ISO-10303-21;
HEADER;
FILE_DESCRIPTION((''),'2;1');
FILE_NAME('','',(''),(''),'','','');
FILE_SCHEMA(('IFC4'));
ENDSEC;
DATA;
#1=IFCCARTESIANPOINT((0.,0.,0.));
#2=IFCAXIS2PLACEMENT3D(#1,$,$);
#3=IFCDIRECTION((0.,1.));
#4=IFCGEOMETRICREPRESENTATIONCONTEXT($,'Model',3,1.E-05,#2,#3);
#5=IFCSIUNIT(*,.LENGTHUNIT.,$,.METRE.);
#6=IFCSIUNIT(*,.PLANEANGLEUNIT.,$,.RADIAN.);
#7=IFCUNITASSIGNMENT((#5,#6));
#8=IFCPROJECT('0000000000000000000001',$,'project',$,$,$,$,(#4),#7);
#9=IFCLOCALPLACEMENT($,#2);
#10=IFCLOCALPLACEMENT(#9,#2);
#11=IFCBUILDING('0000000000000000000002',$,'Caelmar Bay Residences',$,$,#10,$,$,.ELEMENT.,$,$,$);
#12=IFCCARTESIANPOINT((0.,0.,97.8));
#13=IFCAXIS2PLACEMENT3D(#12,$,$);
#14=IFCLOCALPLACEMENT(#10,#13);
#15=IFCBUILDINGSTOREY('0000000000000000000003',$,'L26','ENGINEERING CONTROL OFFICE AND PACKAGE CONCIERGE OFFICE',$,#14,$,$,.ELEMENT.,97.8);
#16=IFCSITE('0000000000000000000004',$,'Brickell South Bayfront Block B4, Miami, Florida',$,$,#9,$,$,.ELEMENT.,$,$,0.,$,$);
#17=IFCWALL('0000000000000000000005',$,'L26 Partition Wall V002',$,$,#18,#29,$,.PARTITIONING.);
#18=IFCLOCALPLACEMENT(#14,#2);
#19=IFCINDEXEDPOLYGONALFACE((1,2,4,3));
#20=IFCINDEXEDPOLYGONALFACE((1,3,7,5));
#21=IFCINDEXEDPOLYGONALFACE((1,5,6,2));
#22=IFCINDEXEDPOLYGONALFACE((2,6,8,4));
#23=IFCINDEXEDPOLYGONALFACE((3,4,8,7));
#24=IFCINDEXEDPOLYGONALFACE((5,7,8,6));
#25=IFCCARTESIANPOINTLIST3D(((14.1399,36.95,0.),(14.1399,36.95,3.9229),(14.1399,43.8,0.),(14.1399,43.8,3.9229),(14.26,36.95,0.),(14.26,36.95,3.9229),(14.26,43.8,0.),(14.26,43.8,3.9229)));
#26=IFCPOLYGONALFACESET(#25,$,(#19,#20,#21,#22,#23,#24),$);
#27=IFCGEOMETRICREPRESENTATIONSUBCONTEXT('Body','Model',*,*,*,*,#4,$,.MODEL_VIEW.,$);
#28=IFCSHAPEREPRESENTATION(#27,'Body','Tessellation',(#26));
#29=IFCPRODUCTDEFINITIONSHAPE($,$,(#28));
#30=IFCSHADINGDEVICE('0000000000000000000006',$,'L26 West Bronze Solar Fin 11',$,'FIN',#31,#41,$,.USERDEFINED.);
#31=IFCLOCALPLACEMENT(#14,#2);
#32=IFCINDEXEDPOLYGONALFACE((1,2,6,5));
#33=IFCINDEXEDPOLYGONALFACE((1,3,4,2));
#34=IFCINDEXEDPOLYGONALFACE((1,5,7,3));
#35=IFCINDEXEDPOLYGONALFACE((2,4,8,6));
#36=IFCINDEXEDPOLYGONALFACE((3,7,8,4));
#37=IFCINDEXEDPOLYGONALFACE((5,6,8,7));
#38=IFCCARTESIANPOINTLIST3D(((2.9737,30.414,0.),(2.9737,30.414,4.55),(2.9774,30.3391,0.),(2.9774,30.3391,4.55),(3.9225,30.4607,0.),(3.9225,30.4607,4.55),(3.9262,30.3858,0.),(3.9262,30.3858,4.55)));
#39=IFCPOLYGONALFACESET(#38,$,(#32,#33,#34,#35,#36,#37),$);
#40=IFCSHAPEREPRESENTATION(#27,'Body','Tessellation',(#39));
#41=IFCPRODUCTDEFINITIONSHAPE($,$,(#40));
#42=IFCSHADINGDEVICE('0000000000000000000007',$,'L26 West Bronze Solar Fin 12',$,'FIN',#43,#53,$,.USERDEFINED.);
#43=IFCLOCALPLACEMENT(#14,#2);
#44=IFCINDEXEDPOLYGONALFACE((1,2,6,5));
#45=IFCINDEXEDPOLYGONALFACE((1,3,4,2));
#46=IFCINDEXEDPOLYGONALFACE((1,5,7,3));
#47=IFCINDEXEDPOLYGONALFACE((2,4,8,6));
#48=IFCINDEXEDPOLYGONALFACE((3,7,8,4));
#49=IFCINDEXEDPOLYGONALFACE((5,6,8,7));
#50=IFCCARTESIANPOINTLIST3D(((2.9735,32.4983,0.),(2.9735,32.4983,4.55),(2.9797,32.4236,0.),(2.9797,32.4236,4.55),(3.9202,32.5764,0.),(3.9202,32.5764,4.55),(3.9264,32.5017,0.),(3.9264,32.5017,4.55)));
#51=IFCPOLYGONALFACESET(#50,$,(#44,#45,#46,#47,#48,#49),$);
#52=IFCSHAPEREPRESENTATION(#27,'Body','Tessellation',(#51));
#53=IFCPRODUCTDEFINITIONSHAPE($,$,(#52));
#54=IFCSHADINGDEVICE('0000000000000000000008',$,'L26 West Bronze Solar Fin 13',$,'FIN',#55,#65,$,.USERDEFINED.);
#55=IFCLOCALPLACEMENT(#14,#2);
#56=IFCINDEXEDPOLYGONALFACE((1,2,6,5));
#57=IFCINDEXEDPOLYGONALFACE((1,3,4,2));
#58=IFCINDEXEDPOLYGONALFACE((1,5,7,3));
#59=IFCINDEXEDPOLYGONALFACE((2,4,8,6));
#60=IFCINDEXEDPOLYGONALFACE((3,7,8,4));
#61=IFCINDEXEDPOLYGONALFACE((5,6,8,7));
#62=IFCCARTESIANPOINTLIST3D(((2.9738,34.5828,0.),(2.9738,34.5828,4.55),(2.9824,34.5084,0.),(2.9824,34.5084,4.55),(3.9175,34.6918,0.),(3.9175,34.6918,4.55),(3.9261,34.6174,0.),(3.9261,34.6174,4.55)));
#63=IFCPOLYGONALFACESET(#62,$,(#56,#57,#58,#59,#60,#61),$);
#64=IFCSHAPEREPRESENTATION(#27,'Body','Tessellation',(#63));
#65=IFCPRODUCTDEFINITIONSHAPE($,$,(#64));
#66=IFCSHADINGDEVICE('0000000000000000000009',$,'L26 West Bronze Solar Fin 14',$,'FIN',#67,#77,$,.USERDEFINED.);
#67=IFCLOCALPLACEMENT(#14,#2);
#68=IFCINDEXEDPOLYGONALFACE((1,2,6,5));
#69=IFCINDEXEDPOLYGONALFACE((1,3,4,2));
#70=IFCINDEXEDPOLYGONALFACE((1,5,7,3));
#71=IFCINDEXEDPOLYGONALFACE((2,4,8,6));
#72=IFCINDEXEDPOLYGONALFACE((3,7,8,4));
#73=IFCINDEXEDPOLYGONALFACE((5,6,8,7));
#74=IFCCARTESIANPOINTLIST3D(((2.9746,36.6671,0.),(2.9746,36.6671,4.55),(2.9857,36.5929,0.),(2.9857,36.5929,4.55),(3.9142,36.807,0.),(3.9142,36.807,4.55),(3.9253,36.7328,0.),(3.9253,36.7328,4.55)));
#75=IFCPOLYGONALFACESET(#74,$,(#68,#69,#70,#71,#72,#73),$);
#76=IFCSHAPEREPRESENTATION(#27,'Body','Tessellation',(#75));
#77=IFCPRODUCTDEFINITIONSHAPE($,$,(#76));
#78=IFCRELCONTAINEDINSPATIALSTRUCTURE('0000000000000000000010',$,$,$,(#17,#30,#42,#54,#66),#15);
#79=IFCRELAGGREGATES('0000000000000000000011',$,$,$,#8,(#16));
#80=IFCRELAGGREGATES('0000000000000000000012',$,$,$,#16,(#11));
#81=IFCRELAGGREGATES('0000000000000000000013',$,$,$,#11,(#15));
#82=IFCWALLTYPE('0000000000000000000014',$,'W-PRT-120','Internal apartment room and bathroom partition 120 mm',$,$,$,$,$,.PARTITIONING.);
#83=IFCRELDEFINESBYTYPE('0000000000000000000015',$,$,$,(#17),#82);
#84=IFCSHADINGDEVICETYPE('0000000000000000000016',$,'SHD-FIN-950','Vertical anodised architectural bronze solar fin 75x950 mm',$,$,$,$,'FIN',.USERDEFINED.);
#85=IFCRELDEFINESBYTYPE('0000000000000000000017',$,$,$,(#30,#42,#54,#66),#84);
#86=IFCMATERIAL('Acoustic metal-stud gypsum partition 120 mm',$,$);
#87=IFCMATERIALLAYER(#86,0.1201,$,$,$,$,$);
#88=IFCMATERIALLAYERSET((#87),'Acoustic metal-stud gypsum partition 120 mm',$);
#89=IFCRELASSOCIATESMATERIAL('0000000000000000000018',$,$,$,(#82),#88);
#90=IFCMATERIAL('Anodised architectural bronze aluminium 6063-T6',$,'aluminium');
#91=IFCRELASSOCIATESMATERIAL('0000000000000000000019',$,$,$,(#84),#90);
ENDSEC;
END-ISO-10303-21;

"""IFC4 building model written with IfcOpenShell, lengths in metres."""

from ifc_helpers import new_model, si_unit, direction, frame, frame_2d, origin, origin_2d, place, context, subcontext, project, spatial, rectangle, extrude, material, layer, layer_set, material_profile, profile_set, type_object, element, save


model = new_model("IFC4")

# Units and contexts
model_context = context("Model", 3, precision=1e-05, world=origin(), true_north=direction((0.0, 1.0)))
body_context = subcontext(model_context, "Body", "Model", "MODEL_VIEW")
ifc_project = project(units=[si_unit("LENGTHUNIT", "METRE"), si_unit("PLANEANGLEUNIT", "RADIAN")], contexts=[model_context])

# Site, building, storey
site_placement = place(None, origin())
site = spatial("IfcSite", under=ifc_project, at=site_placement, Name="Brickell South Bayfront Block B4, Miami, Florida", CompositionType="ELEMENT", RefElevation=0.0)
building_placement = place(site_placement, origin())
building = spatial("IfcBuilding", under=site, at=building_placement, Name="Caelmar Bay Residences", CompositionType="ELEMENT")
storey_placement = place(building_placement, frame((0.0, 0.0, 97.8)))
storey = spatial("IfcBuildingStorey", under=building, at=storey_placement, Name="L26", Description="ENGINEERING CONTROL OFFICE AND PACKAGE CONCIERGE OFFICE", CompositionType="ELEMENT", Elevation=97.8)

# Wall
ifc_material_1 = material(Name="Acoustic metal-stud gypsum partition 120 mm")
ifc_layer_1 = layer(ifc_material_1, 0.1201)
ifc_layer_set_1 = layer_set([ifc_layer_1], Name="Acoustic metal-stud gypsum partition 120 mm")
wall_type_1 = type_object("IfcWallType", Name="W-PRT-120", Description="Internal apartment room and bathroom partition 120 mm", PredefinedType="PARTITIONING", material=ifc_layer_set_1)
wall_1_placement = place(storey_placement, frame((14.2, 36.95, 0.0), z_axis=(0.0, 0.0, 1.0), x_axis=(0.0, 1.0, 0.0)))
element("IfcWall", 1, at=wall_1_placement, inside=storey, type_object=wall_type_1, Name="L26 Partition Wall V002", PredefinedType="PARTITIONING", context=body_context, shape_type="SweptSolid", body=[
    extrude(rectangle(XDim=6.8501, YDim=0.1201, at=frame_2d((3.425, 0.0))), origin(), (0.0, 0.0, 1.0), 3.9229),
])

# Shading devices
ifc_material_2 = material(Name="Anodised architectural bronze aluminium 6063-T6", Category="aluminium")
ifc_material_profile_1 = material_profile(ifc_material_2, rectangle(XDim=0.075, YDim=0.95, at=origin_2d()), Name="BRONZE-FIN-75X950")
ifc_profile_set_1 = profile_set([ifc_material_profile_1], Name="Anodised architectural bronze aluminium 6063-T6")
shading_device_type = type_object("IfcShadingDeviceType", Name="SHD-FIN-950", Description="Vertical anodised architectural bronze solar fin 75x950 mm", ElementType="FIN", PredefinedType="USERDEFINED", material=ifc_profile_set_1)
for number, where, z_axis, x_axis, name in (
    (2, (3.45, 30.3999, 0.0), (0.0, 0.0, 1.0), (-0.049198, 0.998789, 0.0), "L26 West Bronze Solar Fin 11"),
    (3, (3.45, 32.5, 0.0), (0.0, 0.0, 1.0), (-0.082112, 0.996623, 0.0), "L26 West Bronze Solar Fin 12"),
    (4, (3.45, 34.6001, 0.0), (0.0, 0.0, 1.0), (-0.114764, 0.993393, 0.0), "L26 West Bronze Solar Fin 13"),
    (5, (3.45, 36.7, 0.0), (0.0, 0.0, 1.0), (-0.147292, 0.989093, 0.0), "L26 West Bronze Solar Fin 14"),
):
    element("IfcShadingDevice", number, at=place(storey_placement, frame(where, z_axis=z_axis, x_axis=x_axis)), inside=storey, type_object=shading_device_type, Name=name, ObjectType="FIN", PredefinedType="USERDEFINED", context=body_context, shape_type="SweptSolid", body=[
        extrude(rectangle(XDim=0.075, YDim=0.95, at=origin_2d()), origin(), (0.0, 0.0, 1.0), 4.55),
    ])

save(model, "model.ifc")
